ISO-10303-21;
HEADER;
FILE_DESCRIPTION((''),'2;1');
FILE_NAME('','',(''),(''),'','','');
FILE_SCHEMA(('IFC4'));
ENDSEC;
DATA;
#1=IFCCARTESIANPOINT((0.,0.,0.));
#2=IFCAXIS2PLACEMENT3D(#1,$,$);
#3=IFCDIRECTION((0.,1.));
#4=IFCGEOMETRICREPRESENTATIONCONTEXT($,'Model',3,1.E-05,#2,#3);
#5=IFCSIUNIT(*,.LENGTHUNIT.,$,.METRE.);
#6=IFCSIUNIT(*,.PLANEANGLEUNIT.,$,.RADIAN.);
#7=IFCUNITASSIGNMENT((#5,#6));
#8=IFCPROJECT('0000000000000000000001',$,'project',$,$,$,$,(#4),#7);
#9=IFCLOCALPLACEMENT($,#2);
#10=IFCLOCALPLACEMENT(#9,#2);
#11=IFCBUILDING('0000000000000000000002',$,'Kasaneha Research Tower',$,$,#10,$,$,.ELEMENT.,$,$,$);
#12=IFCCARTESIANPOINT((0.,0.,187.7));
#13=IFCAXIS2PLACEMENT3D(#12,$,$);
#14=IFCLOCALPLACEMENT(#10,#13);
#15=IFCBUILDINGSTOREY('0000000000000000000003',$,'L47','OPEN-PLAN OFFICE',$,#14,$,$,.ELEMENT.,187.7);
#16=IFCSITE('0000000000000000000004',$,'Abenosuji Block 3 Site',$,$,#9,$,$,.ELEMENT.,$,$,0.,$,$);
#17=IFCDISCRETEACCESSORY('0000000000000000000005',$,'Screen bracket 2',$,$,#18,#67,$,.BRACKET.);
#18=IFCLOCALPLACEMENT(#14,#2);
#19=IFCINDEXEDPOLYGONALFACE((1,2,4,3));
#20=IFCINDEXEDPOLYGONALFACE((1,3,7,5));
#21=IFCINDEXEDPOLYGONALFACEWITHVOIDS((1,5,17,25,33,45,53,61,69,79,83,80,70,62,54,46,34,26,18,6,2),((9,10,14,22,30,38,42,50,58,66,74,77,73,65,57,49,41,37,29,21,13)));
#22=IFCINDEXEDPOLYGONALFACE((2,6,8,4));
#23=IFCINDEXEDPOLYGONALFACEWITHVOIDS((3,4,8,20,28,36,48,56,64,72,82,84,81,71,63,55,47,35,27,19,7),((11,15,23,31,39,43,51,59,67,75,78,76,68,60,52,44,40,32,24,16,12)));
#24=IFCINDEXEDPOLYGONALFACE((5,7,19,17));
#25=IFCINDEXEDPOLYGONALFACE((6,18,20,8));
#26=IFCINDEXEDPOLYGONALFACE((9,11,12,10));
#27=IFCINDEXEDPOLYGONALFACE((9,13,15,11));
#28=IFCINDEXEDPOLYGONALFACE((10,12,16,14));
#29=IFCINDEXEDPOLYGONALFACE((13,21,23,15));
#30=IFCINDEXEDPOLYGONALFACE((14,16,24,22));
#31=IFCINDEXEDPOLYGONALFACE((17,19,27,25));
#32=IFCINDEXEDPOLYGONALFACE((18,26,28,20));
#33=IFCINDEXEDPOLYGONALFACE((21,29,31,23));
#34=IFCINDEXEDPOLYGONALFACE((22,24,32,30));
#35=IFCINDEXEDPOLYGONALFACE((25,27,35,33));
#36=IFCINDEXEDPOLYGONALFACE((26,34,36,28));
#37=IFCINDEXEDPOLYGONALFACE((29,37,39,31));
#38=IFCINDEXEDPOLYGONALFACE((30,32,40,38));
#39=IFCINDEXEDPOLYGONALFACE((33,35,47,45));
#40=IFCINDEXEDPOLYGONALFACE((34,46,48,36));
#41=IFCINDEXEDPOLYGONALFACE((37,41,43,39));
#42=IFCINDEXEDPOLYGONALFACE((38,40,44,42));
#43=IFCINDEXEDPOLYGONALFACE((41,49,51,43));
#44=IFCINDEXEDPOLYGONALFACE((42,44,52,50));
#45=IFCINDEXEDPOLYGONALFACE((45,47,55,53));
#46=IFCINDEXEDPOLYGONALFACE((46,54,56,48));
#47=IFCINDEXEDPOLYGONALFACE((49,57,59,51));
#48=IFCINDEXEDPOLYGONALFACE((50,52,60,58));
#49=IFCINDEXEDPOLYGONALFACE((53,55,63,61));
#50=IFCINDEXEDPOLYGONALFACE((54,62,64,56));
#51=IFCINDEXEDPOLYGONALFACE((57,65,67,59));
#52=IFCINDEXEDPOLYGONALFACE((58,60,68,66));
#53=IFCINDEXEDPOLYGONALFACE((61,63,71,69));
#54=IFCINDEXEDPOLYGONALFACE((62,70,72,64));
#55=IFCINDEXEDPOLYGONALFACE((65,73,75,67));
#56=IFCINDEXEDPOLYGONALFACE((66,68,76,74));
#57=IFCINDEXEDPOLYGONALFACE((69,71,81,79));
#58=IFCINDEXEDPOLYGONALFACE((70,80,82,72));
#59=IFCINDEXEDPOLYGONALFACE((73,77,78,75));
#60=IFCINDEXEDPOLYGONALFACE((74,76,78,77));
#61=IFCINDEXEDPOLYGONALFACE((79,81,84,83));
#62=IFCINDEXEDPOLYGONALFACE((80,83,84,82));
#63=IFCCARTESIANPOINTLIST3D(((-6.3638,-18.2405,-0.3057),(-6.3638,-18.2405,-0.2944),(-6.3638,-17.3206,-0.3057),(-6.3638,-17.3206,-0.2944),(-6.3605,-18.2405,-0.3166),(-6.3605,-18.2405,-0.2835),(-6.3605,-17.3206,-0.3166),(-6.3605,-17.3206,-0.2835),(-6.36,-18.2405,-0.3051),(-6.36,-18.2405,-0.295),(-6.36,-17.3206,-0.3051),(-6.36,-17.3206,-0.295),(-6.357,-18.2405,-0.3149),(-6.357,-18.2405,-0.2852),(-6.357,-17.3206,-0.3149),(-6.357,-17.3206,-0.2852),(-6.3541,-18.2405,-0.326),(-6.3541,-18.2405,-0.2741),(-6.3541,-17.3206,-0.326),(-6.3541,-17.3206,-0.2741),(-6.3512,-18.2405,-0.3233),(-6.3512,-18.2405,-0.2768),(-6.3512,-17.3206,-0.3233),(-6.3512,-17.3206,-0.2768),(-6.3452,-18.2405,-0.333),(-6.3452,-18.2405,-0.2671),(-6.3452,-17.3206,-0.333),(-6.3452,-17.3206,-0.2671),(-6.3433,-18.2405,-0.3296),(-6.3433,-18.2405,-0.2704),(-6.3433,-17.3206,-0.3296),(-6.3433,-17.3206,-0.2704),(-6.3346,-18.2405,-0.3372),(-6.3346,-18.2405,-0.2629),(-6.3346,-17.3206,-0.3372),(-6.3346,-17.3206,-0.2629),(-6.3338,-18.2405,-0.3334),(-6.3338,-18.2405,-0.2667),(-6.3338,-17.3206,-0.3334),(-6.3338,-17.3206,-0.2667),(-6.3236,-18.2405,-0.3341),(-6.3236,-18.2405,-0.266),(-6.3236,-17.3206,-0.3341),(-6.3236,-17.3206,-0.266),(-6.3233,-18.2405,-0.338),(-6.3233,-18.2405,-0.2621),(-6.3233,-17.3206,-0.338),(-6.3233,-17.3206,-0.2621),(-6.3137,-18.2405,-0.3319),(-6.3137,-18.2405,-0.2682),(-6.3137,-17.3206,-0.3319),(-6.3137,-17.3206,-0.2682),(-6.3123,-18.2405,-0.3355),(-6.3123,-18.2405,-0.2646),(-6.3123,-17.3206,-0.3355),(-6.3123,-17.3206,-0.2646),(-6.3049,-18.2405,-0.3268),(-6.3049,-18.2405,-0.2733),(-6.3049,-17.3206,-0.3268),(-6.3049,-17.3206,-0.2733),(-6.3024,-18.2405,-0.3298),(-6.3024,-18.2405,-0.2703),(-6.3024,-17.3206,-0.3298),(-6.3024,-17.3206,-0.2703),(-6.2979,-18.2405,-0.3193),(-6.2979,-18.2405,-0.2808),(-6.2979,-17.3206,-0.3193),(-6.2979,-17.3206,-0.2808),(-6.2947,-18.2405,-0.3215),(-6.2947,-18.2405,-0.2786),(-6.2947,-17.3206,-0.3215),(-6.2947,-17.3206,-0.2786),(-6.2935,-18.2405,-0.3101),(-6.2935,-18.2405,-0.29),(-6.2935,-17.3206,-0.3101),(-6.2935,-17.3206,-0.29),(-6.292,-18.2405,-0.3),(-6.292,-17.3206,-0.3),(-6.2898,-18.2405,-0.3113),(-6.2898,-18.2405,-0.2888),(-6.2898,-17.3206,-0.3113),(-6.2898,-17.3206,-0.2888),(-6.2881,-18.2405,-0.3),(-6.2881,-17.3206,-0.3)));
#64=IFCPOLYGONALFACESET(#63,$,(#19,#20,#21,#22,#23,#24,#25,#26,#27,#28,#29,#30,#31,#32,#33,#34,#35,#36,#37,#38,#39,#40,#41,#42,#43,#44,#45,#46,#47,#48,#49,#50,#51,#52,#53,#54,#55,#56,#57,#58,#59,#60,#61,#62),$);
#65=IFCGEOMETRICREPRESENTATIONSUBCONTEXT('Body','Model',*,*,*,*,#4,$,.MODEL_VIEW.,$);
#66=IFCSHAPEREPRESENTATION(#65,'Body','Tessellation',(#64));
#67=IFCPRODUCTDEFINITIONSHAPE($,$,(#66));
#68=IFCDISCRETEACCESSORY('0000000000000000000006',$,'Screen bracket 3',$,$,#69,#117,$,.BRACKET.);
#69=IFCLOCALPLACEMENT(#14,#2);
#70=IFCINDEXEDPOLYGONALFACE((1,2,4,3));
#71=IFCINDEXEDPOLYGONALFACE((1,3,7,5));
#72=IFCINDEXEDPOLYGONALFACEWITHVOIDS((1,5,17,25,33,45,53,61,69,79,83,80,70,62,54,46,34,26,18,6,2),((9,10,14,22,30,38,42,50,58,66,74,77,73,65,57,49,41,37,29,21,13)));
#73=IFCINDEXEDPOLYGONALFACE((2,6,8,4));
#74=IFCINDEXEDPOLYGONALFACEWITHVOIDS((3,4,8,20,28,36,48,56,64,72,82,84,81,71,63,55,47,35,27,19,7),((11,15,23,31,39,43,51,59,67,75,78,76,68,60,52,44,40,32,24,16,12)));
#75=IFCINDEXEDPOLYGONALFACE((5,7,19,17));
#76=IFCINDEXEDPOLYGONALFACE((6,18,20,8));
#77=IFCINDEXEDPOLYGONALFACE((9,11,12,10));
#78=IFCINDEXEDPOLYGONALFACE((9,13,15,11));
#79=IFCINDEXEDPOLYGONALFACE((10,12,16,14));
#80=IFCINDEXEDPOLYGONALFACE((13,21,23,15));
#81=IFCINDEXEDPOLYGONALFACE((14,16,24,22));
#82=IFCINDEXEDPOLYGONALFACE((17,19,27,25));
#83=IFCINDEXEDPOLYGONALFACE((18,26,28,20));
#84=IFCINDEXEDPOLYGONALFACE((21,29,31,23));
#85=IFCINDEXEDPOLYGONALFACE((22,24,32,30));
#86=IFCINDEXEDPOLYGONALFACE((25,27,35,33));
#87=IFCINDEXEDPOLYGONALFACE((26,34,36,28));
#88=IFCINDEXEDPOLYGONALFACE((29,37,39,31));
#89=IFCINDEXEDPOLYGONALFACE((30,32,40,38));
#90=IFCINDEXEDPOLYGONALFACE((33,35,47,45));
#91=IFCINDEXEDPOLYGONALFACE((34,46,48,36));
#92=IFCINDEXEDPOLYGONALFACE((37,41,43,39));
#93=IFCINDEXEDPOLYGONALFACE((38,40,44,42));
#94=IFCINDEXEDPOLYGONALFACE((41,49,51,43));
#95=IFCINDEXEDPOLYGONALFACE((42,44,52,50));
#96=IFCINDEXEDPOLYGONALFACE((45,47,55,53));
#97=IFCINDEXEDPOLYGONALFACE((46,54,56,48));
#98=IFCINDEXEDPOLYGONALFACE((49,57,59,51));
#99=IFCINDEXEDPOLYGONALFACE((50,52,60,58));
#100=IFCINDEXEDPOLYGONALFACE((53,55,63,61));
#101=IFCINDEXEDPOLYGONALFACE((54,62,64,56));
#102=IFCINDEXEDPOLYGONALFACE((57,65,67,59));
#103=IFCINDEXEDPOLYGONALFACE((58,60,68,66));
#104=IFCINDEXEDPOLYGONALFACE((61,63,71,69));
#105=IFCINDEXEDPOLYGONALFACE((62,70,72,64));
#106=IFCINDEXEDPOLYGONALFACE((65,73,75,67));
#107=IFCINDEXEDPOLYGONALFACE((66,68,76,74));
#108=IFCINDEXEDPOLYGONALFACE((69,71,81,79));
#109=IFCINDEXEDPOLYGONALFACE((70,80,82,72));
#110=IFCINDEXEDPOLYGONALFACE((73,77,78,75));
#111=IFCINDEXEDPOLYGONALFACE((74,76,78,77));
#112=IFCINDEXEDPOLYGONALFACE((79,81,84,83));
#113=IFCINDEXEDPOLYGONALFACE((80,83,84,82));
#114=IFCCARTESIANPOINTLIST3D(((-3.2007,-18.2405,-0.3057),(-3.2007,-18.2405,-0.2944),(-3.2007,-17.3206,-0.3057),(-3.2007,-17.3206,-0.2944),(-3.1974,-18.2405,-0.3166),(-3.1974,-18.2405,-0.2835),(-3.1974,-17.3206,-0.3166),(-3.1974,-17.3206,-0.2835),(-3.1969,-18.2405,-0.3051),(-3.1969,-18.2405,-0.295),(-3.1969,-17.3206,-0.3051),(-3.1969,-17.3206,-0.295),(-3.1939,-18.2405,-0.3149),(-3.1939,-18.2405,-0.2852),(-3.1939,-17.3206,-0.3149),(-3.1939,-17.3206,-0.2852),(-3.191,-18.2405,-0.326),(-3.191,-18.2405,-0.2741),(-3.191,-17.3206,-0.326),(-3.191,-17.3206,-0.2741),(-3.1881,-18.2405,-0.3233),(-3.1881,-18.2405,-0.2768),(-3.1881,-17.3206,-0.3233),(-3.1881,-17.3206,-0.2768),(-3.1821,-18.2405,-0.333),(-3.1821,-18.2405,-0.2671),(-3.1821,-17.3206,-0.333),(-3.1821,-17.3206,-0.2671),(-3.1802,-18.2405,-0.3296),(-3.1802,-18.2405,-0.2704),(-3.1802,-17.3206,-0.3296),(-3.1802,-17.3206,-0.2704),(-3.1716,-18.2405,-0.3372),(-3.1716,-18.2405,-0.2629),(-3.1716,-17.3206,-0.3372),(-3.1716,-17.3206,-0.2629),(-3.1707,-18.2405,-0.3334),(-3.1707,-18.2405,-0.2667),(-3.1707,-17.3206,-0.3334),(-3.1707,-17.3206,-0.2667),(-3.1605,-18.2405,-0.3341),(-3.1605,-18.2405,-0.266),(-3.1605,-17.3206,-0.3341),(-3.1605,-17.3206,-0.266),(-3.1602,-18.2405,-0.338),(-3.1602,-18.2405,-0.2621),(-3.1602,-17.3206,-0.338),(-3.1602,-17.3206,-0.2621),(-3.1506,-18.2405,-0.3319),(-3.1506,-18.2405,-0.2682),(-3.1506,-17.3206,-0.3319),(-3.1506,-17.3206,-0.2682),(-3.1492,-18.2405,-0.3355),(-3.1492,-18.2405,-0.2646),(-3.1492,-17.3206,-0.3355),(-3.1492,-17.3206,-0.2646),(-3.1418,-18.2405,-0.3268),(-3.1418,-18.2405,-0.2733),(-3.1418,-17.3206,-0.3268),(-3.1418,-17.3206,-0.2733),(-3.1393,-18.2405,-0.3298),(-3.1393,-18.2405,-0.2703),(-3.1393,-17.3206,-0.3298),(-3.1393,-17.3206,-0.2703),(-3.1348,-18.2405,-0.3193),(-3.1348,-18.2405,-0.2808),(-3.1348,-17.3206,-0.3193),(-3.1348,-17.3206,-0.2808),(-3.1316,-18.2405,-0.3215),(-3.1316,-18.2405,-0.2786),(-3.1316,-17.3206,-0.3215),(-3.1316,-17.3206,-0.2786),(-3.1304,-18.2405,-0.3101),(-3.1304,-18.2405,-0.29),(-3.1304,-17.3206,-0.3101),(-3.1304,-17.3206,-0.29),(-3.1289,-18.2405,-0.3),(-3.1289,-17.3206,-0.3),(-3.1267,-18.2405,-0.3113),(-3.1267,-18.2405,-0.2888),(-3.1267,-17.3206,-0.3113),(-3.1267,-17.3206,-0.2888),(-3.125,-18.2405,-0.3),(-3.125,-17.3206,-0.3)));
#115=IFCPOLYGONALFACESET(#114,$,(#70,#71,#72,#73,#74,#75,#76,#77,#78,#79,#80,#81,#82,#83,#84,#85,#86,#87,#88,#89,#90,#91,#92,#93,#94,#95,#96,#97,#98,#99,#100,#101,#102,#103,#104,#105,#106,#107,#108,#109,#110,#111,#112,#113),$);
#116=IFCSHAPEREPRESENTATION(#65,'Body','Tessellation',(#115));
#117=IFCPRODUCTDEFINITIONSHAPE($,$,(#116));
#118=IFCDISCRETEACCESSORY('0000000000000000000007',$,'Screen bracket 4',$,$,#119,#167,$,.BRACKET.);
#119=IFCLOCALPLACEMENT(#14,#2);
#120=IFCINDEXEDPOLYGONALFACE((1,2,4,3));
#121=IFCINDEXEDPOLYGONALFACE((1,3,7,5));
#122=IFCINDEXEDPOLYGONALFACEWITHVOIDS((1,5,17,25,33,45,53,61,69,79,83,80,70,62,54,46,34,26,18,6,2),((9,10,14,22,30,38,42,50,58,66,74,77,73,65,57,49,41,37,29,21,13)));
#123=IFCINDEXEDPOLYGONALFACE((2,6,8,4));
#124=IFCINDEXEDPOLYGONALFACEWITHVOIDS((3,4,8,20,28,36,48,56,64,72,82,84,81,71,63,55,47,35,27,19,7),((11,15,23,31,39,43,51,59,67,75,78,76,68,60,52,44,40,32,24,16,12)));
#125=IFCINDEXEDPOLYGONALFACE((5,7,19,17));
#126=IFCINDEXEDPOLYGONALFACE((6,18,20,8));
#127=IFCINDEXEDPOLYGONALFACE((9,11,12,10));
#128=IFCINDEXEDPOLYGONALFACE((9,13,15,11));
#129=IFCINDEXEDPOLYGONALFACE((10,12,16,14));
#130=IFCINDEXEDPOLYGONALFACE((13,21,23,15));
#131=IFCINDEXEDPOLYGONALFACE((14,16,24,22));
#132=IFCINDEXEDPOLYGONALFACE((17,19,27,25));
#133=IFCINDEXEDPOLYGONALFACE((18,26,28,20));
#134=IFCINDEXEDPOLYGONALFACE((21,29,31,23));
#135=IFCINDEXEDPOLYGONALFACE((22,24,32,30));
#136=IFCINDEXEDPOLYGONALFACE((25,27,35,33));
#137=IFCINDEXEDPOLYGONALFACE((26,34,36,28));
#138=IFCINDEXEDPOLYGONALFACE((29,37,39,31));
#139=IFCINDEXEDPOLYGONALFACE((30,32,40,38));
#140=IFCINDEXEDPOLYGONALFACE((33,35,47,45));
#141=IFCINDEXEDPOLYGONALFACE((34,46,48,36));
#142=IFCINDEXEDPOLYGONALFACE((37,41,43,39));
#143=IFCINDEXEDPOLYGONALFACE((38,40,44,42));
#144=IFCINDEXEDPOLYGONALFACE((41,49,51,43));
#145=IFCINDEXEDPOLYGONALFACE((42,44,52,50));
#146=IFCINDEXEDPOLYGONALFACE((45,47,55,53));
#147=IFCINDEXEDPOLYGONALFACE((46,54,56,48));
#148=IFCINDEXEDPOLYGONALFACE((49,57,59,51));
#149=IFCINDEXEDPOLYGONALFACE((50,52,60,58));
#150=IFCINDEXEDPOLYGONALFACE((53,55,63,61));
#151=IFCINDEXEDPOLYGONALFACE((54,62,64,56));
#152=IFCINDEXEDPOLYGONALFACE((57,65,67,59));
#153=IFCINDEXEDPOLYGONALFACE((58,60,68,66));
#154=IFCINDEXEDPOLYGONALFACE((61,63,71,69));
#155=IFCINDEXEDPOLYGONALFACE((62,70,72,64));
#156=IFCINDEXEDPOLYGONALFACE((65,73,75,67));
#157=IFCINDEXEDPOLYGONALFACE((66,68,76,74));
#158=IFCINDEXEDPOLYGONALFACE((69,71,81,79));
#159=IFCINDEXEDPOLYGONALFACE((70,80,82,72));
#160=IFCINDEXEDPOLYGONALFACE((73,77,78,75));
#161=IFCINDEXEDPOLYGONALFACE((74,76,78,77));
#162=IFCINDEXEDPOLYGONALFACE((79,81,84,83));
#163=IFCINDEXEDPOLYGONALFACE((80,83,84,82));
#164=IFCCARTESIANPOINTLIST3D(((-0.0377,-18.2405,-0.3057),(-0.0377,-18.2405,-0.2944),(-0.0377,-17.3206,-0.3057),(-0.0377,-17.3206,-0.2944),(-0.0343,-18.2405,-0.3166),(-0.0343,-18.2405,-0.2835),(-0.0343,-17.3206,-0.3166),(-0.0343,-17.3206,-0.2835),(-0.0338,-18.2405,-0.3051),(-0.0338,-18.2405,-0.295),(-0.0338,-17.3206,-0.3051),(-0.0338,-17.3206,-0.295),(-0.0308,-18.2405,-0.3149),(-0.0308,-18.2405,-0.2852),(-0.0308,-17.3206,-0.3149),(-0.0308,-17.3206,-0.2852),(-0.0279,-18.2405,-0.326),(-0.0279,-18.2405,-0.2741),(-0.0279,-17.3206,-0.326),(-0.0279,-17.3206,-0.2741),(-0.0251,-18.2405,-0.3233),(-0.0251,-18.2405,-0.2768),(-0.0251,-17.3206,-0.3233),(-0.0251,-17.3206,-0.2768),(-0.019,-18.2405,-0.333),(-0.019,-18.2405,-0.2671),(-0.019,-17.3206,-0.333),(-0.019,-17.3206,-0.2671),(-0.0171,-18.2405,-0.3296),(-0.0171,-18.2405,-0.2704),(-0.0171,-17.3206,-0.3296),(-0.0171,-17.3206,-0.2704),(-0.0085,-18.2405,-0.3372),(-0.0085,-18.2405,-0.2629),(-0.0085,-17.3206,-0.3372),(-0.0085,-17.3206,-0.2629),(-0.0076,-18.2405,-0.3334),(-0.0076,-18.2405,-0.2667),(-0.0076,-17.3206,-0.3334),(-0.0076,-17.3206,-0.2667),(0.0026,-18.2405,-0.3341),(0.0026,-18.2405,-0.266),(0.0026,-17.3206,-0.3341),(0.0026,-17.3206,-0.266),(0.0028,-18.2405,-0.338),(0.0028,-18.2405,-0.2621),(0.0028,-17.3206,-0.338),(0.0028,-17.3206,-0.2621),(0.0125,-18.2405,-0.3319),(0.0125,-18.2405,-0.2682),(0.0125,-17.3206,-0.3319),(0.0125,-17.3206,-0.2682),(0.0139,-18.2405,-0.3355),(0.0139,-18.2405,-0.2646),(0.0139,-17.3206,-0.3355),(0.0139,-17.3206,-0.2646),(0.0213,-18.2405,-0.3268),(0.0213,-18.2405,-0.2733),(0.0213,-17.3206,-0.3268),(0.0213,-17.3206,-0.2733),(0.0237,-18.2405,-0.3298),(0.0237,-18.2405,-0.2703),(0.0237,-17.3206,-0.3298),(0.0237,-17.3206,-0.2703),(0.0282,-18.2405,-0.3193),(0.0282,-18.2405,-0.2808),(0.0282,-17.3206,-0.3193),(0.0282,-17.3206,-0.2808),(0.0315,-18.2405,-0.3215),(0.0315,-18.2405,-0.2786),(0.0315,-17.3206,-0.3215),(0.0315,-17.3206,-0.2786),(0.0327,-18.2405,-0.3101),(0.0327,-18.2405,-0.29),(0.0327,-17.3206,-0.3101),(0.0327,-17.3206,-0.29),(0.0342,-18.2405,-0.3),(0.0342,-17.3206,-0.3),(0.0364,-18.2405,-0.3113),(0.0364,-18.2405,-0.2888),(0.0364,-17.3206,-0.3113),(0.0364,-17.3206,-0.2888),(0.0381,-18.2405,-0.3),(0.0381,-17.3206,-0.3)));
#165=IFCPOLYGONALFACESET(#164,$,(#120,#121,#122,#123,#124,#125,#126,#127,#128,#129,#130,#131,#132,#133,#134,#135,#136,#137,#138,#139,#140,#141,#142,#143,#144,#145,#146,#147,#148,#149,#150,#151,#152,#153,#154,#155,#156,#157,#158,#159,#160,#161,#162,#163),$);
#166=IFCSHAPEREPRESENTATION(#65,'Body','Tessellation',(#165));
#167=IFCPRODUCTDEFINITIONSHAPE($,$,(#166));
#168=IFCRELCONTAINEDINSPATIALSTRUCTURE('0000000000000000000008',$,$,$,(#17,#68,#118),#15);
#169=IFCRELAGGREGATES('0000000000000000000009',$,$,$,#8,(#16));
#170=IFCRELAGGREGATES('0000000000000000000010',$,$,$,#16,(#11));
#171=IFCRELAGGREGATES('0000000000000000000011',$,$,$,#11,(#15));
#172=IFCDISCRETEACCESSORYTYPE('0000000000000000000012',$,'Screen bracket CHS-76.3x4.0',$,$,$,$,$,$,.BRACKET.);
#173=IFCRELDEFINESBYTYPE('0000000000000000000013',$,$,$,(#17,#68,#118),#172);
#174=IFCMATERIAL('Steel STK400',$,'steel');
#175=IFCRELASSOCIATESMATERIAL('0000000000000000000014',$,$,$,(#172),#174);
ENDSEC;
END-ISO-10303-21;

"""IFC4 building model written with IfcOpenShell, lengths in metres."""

from ifc_helpers import new_model, si_unit, direction, frame, origin, origin_2d, place, context, subcontext, project, spatial, hollow_circle, extrude, material, material_profile, profile_set, type_object, element, save


model = new_model("IFC4")

# Units and contexts
model_context = context("Model", 3, precision=1e-05, world=origin(), true_north=direction((0.0, 1.0)))
body_context = subcontext(model_context, "Body", "Model", "MODEL_VIEW")
ifc_project = project(units=[si_unit("LENGTHUNIT", "METRE"), si_unit("PLANEANGLEUNIT", "RADIAN")], contexts=[model_context])

# Site, building, storey
site_placement = place(None, origin())
site = spatial("IfcSite", under=ifc_project, at=site_placement, Name="Abenosuji Block 3 Site", CompositionType="ELEMENT", RefElevation=0.0)
building_placement = place(site_placement, origin())
building = spatial("IfcBuilding", under=site, at=building_placement, Name="Kasaneha Research Tower", CompositionType="ELEMENT")
storey_placement = place(building_placement, frame((0.0, 0.0, 187.7)))
storey = spatial("IfcBuildingStorey", under=building, at=storey_placement, Name="L47", Description="OPEN-PLAN OFFICE", CompositionType="ELEMENT", Elevation=187.7)

# Discrete accessories
ifc_material_1 = material(Name="Steel STK400", Category="steel")
ifc_material_profile_1 = material_profile(ifc_material_1, hollow_circle(Radius=0.0381, WallThickness=0.0039, at=origin_2d()), Name="CHS-76.3x4.0")
ifc_profile_set_1 = profile_set([ifc_material_profile_1], Name="Steel STK400")
discrete_accessory_type = type_object("IfcDiscreteAccessoryType", Name="Screen bracket CHS-76.3x4.0", PredefinedType="BRACKET", material=ifc_profile_set_1)
for number, where, z_axis, x_axis, name in (
    (1, (-6.3262, -17.3206, -0.3), (0.0, -1.0, 0.0), (1.0, 0.0, 0.0), "Screen bracket 2"),
    (2, (-3.1631, -17.3206, -0.3), (0.0, -1.0, 0.0), (1.0, 0.0, 0.0), "Screen bracket 3"),
    (3, (0.0, -17.3206, -0.3), (0.0, -1.0, 0.0), (1.0, 0.0, 0.0), "Screen bracket 4"),
):
    element("IfcDiscreteAccessory", number, at=place(storey_placement, frame(where, z_axis=z_axis, x_axis=x_axis)), inside=storey, type_object=discrete_accessory_type, Name=name, PredefinedType="BRACKET", context=body_context, shape_type="SweptSolid", body=[
        extrude(hollow_circle(Radius=0.0381, WallThickness=0.0039, at=origin_2d()), origin(), (0.0, 0.0, 1.0), 0.9199),
    ])

save(model, "model.ifc")
